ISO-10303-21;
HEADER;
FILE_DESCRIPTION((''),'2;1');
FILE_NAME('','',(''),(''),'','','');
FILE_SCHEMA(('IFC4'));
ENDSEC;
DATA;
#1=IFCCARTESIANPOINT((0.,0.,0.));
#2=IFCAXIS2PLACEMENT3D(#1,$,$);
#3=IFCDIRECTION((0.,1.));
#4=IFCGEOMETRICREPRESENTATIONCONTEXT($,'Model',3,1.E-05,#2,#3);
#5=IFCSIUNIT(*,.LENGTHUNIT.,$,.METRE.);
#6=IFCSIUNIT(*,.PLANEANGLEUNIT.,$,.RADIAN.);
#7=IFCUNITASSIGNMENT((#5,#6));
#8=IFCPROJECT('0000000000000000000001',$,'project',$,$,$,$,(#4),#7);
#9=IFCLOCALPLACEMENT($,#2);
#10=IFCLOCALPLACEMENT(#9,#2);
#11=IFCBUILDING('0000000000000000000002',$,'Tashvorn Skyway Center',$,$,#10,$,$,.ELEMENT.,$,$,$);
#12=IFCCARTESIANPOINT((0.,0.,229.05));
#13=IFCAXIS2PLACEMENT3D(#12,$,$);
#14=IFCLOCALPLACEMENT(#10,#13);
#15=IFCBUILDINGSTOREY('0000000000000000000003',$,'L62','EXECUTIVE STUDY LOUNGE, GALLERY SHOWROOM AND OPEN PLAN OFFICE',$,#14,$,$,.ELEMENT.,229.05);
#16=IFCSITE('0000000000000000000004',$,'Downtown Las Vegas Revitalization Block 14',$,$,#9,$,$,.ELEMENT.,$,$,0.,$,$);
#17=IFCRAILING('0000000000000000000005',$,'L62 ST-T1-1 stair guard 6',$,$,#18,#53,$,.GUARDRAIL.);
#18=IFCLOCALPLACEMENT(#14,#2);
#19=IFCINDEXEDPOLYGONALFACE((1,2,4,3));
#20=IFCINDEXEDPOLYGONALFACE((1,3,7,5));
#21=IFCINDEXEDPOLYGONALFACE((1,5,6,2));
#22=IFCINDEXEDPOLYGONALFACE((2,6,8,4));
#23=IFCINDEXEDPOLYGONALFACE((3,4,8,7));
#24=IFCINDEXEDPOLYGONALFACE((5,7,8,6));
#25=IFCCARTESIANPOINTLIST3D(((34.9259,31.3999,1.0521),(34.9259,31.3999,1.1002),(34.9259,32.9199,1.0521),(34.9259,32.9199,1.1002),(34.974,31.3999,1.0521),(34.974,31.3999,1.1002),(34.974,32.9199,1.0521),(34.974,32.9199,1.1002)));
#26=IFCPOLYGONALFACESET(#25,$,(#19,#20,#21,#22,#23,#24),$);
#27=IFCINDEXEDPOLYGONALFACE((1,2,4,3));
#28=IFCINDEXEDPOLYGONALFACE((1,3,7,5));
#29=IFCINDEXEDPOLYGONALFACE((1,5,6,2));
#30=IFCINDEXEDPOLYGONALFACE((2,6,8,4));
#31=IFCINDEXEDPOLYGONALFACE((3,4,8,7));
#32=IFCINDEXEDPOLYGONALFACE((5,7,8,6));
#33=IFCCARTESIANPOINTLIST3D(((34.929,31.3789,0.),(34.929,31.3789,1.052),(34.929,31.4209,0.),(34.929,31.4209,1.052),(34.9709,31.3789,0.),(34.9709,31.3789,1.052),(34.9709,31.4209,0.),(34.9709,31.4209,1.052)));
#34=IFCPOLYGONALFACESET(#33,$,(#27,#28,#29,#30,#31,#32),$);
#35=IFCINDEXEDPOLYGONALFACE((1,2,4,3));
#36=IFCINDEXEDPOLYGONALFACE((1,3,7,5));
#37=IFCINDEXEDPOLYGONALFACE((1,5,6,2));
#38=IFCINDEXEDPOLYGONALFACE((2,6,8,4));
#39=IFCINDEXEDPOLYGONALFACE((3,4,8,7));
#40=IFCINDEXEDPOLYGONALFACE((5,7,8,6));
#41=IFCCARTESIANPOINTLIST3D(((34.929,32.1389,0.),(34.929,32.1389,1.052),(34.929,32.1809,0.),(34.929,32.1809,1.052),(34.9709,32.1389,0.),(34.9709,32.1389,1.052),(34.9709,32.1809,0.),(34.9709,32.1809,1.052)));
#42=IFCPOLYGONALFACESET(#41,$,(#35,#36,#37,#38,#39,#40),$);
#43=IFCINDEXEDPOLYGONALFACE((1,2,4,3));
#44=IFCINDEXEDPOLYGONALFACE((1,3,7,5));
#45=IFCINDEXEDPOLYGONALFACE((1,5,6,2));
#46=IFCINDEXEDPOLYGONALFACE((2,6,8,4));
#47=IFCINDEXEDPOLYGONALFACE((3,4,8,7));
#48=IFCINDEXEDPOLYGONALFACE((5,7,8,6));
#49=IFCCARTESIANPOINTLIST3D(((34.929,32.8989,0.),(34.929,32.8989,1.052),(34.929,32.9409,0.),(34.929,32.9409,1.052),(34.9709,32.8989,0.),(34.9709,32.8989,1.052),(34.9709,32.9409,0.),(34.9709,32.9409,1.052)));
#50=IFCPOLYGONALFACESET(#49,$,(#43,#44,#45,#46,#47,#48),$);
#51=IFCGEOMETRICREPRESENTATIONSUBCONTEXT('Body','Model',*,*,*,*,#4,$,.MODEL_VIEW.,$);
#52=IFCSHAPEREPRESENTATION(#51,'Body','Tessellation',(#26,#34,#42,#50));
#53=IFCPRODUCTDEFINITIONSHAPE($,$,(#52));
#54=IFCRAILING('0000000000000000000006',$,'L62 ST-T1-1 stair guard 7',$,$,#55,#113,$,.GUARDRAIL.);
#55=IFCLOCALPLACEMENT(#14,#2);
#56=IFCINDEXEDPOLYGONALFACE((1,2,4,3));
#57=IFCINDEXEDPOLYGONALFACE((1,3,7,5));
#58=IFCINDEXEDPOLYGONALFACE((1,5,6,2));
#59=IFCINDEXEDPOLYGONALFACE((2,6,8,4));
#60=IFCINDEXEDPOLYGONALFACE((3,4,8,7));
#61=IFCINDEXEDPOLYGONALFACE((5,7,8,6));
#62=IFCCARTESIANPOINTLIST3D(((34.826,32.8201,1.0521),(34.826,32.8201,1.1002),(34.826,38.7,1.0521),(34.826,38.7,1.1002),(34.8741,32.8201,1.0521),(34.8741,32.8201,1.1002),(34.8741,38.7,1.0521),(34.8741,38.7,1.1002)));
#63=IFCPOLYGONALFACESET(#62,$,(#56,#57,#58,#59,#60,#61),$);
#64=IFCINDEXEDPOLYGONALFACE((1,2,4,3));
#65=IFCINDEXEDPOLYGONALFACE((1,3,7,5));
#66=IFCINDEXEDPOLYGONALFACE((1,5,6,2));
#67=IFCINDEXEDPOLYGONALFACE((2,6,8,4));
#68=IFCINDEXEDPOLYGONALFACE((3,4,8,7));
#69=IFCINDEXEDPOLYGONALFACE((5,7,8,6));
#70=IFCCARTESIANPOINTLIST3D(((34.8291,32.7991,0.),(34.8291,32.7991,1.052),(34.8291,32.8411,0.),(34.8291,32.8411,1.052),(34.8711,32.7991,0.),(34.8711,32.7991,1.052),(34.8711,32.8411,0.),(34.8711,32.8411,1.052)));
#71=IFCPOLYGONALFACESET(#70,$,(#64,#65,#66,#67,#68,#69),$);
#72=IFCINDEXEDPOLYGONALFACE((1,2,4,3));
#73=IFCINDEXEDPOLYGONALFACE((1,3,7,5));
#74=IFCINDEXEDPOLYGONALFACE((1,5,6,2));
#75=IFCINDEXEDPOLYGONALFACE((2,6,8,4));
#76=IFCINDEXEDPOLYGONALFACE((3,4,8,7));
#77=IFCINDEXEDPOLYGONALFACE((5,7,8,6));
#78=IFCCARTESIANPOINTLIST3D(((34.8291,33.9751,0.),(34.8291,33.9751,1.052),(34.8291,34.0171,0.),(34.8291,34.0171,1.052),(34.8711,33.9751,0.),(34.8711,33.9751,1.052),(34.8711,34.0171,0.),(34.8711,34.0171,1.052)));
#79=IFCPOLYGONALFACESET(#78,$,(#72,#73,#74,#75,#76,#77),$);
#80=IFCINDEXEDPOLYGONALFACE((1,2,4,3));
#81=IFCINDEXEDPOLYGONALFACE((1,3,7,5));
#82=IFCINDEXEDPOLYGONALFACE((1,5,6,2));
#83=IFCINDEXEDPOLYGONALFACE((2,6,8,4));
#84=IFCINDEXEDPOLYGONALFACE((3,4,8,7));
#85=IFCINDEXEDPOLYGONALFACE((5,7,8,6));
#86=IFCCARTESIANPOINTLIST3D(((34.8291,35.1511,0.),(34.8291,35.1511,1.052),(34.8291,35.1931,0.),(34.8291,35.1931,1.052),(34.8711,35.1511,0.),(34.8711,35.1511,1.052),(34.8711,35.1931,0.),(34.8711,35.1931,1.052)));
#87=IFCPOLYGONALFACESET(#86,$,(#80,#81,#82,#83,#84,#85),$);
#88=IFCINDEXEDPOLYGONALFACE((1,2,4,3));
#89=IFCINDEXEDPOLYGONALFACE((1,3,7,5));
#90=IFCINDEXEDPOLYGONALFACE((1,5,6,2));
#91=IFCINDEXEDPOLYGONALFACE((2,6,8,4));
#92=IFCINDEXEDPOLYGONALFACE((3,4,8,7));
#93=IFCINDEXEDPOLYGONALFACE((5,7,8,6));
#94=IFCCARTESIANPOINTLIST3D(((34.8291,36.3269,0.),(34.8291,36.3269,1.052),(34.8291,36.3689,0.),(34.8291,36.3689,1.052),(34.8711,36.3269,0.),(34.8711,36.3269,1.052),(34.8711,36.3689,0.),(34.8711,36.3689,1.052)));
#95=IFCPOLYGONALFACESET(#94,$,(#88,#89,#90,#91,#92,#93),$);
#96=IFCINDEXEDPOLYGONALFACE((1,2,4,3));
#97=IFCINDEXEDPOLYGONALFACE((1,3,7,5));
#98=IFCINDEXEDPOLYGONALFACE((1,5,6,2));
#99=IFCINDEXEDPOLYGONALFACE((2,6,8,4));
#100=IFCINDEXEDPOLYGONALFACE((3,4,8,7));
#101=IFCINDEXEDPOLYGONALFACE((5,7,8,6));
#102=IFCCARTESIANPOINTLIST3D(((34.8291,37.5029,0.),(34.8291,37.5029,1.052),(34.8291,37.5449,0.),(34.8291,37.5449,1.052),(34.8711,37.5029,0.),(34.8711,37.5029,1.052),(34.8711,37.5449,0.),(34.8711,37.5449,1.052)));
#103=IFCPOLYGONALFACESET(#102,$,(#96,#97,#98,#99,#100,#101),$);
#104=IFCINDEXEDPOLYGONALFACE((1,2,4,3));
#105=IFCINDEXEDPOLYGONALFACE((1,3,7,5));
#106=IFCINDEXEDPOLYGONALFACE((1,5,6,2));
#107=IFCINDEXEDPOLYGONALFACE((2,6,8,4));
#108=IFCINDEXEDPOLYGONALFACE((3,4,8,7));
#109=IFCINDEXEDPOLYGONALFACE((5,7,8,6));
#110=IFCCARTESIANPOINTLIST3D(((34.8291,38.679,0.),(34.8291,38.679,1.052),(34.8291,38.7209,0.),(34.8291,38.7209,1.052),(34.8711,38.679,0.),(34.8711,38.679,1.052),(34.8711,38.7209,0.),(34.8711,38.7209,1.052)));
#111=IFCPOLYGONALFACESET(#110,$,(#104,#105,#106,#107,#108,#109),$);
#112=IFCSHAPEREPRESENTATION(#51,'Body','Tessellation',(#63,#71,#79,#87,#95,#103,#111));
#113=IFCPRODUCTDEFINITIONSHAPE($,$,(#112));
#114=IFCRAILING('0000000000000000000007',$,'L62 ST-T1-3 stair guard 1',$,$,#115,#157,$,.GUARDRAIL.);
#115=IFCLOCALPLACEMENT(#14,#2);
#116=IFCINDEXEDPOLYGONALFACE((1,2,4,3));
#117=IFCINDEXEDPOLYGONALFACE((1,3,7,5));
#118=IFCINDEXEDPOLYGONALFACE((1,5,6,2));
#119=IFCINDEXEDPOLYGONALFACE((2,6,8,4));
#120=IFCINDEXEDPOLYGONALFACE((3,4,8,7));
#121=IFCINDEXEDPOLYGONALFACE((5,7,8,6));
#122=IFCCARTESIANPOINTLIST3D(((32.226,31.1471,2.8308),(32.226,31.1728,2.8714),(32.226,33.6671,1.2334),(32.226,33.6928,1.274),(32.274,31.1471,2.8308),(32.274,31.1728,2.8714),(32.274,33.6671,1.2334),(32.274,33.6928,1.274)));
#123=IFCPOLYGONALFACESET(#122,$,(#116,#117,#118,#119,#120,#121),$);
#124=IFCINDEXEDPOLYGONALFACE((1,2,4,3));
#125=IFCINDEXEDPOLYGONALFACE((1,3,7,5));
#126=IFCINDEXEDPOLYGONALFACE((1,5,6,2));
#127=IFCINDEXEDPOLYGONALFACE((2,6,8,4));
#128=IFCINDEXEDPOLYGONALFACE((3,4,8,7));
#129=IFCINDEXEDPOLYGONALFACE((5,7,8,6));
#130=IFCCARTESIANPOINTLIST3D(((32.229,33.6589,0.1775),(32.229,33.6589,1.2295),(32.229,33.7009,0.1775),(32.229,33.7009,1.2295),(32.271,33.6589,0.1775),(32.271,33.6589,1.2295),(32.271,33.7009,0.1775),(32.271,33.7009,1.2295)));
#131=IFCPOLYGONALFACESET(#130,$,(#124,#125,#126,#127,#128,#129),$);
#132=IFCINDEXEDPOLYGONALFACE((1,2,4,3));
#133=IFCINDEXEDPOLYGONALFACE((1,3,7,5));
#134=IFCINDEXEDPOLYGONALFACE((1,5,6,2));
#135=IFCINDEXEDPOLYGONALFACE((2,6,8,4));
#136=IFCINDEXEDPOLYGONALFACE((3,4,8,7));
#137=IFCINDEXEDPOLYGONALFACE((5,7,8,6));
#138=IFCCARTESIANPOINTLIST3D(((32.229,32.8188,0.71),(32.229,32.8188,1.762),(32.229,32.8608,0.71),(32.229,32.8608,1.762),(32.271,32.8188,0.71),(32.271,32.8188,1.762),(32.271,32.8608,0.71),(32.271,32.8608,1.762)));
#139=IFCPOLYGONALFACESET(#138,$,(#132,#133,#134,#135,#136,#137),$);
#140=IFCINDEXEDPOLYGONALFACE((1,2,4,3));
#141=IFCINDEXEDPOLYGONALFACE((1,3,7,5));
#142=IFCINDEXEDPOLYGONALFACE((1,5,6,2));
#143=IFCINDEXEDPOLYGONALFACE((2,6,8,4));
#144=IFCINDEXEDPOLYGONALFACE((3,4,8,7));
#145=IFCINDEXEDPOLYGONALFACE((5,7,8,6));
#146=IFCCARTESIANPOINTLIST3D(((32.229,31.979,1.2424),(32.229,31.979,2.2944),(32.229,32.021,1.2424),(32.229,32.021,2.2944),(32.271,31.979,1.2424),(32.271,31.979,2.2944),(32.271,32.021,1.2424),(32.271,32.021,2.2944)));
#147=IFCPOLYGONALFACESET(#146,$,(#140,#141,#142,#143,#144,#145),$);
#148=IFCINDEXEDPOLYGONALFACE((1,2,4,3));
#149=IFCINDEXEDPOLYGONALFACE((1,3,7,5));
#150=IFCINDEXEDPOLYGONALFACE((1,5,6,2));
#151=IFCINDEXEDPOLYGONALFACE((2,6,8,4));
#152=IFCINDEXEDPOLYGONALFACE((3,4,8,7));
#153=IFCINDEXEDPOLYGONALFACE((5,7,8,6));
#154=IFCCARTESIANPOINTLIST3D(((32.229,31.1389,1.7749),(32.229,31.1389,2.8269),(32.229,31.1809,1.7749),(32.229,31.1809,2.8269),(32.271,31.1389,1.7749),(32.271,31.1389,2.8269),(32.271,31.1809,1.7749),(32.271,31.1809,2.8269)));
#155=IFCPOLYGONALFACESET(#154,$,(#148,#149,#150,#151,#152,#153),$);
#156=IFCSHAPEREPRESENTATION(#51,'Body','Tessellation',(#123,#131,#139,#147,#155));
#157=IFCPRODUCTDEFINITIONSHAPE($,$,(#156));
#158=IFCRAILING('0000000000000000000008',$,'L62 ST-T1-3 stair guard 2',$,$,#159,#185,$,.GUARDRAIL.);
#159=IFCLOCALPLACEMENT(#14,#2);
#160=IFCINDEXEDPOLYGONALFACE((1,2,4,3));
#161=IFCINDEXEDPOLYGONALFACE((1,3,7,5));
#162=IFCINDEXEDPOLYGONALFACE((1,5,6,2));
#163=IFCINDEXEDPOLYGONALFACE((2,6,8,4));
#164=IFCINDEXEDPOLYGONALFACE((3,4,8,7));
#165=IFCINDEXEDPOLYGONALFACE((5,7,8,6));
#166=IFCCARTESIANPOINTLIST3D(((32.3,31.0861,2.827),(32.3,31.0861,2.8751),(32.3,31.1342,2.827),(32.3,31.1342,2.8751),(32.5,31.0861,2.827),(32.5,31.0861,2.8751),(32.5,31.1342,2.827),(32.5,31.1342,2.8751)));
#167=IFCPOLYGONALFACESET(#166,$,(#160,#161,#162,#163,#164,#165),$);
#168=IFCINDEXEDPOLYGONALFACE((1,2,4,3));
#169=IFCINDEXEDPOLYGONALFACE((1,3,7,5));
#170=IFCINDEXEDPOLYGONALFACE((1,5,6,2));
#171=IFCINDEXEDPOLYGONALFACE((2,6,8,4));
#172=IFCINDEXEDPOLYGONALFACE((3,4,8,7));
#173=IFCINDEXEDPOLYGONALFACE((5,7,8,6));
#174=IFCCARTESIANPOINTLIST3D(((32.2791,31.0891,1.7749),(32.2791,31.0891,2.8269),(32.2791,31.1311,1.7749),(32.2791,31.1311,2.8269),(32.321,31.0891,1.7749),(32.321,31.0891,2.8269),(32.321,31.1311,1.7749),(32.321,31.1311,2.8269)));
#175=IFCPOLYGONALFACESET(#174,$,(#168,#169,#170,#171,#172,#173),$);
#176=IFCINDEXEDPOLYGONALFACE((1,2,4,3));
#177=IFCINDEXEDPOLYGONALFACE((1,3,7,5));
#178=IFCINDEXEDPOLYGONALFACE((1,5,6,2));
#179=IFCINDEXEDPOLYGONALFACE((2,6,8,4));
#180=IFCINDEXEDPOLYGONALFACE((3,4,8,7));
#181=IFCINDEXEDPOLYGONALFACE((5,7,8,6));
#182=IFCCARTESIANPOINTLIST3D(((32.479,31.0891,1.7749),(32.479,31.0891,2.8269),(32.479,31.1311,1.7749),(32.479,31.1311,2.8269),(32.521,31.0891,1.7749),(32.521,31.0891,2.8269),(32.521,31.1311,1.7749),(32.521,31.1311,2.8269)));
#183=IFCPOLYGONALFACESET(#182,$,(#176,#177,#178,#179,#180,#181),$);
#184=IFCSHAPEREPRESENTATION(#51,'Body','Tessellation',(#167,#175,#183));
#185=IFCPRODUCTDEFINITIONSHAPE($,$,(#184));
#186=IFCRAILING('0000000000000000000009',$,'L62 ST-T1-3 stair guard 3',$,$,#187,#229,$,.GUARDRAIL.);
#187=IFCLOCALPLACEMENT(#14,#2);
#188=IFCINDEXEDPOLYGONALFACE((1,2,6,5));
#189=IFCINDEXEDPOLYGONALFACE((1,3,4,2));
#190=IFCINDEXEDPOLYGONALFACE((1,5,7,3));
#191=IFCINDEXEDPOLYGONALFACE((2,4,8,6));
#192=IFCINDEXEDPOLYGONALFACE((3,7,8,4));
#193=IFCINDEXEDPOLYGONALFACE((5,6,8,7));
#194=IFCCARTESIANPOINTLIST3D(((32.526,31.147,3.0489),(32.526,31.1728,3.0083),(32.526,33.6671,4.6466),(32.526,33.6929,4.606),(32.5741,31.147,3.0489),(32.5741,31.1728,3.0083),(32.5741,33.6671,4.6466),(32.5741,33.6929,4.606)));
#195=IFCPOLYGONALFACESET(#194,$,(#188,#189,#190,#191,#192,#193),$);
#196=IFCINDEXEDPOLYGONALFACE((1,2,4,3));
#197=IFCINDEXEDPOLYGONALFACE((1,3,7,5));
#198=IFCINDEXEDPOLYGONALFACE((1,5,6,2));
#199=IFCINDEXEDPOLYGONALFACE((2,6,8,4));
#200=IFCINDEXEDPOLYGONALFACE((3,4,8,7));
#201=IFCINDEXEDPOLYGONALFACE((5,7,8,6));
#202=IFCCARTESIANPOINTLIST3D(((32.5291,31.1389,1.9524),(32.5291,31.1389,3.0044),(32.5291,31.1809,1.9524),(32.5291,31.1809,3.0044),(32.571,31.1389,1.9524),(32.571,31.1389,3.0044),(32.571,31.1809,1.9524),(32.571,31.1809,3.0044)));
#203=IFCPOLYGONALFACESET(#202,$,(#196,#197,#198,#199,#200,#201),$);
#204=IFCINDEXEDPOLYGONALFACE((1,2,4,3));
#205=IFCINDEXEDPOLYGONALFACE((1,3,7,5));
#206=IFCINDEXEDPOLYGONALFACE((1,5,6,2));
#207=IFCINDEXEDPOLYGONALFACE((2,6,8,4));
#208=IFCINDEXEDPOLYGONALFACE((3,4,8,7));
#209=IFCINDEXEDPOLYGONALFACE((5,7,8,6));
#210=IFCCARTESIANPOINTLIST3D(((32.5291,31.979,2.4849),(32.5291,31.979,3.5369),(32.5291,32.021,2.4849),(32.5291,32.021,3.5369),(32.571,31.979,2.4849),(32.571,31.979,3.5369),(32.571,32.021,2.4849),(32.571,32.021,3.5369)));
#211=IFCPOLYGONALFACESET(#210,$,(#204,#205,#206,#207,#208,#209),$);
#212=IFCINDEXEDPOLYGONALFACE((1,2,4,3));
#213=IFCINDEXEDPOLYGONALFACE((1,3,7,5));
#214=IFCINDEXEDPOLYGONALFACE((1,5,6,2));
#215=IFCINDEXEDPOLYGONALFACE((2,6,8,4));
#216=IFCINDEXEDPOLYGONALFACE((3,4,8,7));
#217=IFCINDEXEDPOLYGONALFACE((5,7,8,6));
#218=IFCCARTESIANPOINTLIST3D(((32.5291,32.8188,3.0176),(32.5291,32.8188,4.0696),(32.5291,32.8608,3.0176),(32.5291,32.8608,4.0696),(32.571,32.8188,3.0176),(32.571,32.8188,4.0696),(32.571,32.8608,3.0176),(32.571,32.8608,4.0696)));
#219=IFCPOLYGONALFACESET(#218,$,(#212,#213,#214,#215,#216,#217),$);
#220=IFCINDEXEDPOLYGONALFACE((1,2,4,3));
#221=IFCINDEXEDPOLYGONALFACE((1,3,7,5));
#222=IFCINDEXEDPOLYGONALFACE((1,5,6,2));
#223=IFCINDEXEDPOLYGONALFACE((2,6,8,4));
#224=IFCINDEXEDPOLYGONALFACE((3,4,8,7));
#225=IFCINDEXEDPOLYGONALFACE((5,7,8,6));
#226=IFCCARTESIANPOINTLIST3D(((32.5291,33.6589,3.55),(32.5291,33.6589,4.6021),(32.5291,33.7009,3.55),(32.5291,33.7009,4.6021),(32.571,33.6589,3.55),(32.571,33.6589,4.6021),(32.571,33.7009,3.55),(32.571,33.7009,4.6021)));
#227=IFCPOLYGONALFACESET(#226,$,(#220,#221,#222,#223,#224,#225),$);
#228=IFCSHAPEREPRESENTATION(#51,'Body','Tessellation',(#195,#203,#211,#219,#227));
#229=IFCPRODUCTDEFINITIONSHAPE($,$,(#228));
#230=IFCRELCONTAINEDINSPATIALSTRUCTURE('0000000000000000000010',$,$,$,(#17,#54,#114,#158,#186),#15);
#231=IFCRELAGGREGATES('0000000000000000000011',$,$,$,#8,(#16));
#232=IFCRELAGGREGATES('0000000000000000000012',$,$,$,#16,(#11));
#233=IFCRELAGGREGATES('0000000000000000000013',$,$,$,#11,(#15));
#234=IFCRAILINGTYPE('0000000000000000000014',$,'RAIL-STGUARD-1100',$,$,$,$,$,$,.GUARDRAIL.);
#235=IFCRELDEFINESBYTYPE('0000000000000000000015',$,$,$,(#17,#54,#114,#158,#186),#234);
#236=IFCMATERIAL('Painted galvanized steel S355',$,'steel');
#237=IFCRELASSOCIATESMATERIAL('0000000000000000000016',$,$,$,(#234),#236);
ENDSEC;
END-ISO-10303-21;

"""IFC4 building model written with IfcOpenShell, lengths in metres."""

from ifc_helpers import new_model, si_unit, direction, frame, origin, origin_2d, place, context, subcontext, project, spatial, rectangle, extrude, material, type_object, element, save


model = new_model("IFC4")

# Units and contexts
model_context = context("Model", 3, precision=1e-05, world=origin(), true_north=direction((0.0, 1.0)))
body_context = subcontext(model_context, "Body", "Model", "MODEL_VIEW")
ifc_project = project(units=[si_unit("LENGTHUNIT", "METRE"), si_unit("PLANEANGLEUNIT", "RADIAN")], contexts=[model_context])

# Site, building, storey
site_placement = place(None, origin())
site = spatial("IfcSite", under=ifc_project, at=site_placement, Name="Downtown Las Vegas Revitalization Block 14", CompositionType="ELEMENT", RefElevation=0.0)
building_placement = place(site_placement, origin())
building = spatial("IfcBuilding", under=site, at=building_placement, Name="Tashvorn Skyway Center", CompositionType="ELEMENT")
storey_placement = place(building_placement, frame((0.0, 0.0, 229.05)))
storey = spatial("IfcBuildingStorey", under=building, at=storey_placement, Name="L62", Description="EXECUTIVE STUDY LOUNGE, GALLERY SHOWROOM AND OPEN PLAN OFFICE", CompositionType="ELEMENT", Elevation=229.05)

# Railings
ifc_material_1 = material(Name="Painted galvanized steel S355", Category="steel")
railing_type_1 = type_object("IfcRailingType", Name="RAIL-STGUARD-1100", PredefinedType="GUARDRAIL", material=ifc_material_1)
railing_1_placement = place(storey_placement, frame((34.95, 31.3999, 0.0)))
element("IfcRailing", 1, at=railing_1_placement, inside=storey, type_object=railing_type_1, Name="L62 ST-T1-1 stair guard 6", PredefinedType="GUARDRAIL", context=body_context, shape_type="SweptSolid", body=[
    extrude(rectangle(XDim=0.0481, YDim=0.0481, at=origin_2d()), frame((0.0, 0.0, 1.0762), z_axis=(0.0, 1.0, 0.0), x_axis=(-1.0, 0.0, 0.0)), (0.0, 0.0, 1.0), 1.52),
    extrude(rectangle(XDim=0.042, YDim=0.042, at=origin_2d()), origin(), (0.0, 0.0, 1.0), 1.052),
    extrude(rectangle(XDim=0.042, YDim=0.042, at=origin_2d()), frame((0.0, 0.76, 0.0)), (0.0, 0.0, 1.0), 1.052),
    extrude(rectangle(XDim=0.042, YDim=0.042, at=origin_2d()), frame((0.0, 1.52, 0.0)), (0.0, 0.0, 1.0), 1.052),
])
railing_2_placement = place(storey_placement, frame((34.8501, 32.8201, 0.0)))
element("IfcRailing", 2, at=railing_2_placement, inside=storey, type_object=railing_type_1, Name="L62 ST-T1-1 stair guard 7", PredefinedType="GUARDRAIL", context=body_context, shape_type="SweptSolid", body=[
    extrude(rectangle(XDim=0.0481, YDim=0.0481, at=origin_2d()), frame((0.0, 0.0, 1.0762), z_axis=(0.0, 1.0, 0.0), x_axis=(-1.0, 0.0, 0.0)), (0.0, 0.0, 1.0), 5.8799),
    extrude(rectangle(XDim=0.042, YDim=0.042, at=origin_2d()), origin(), (0.0, 0.0, 1.0), 1.052),
    extrude(rectangle(XDim=0.042, YDim=0.042, at=origin_2d()), frame((0.0, 1.176, 0.0)), (0.0, 0.0, 1.0), 1.052),
    extrude(rectangle(XDim=0.042, YDim=0.042, at=origin_2d()), frame((0.0, 2.3521, 0.0)), (0.0, 0.0, 1.0), 1.052),
    extrude(rectangle(XDim=0.042, YDim=0.042, at=origin_2d()), frame((0.0, 3.5278, 0.0)), (0.0, 0.0, 1.0), 1.052),
    extrude(rectangle(XDim=0.042, YDim=0.042, at=origin_2d()), frame((0.0, 4.7039, 0.0)), (0.0, 0.0, 1.0), 1.052),
    extrude(rectangle(XDim=0.042, YDim=0.042, at=origin_2d()), frame((0.0, 5.8799, 0.0)), (0.0, 0.0, 1.0), 1.052),
])
railing_3_placement = place(storey_placement, frame((32.25, 33.6799, 0.1775)))
element("IfcRailing", 3, at=railing_3_placement, inside=storey, type_object=railing_type_1, Name="L62 ST-T1-3 stair guard 1", PredefinedType="GUARDRAIL", context=body_context, shape_type="SweptSolid", body=[
    extrude(rectangle(XDim=0.0481, YDim=0.0481, at=origin_2d()), frame((0.0, 0.0, 1.0762), z_axis=(0.0, -0.844607, 0.535387), x_axis=(1.0, 0.0, 0.0)), (0.0, 0.0, 1.0), 2.9836),
    extrude(rectangle(XDim=0.042, YDim=0.042, at=origin_2d()), origin(), (0.0, 0.0, 1.0), 1.052),
    extrude(rectangle(XDim=0.042, YDim=0.042, at=origin_2d()), frame((0.0, -0.8401, 0.5325)), (0.0, 0.0, 1.0), 1.052),
    extrude(rectangle(XDim=0.042, YDim=0.042, at=origin_2d()), frame((0.0, -1.6799, 1.0649)), (0.0, 0.0, 1.0), 1.052),
    extrude(rectangle(XDim=0.042, YDim=0.042, at=origin_2d()), frame((0.0, -2.52, 1.5974)), (0.0, 0.0, 1.0), 1.052),
])
railing_4_placement = place(storey_placement, frame((32.3, 31.1101, 1.7749)))
element("IfcRailing", 4, at=railing_4_placement, inside=storey, type_object=railing_type_1, Name="L62 ST-T1-3 stair guard 2", PredefinedType="GUARDRAIL", context=body_context, shape_type="SweptSolid", body=[
    extrude(rectangle(XDim=0.0481, YDim=0.0481, at=origin_2d()), frame((0.0, 0.0, 1.0762), z_axis=(1.0, 0.0, 0.0), x_axis=(0.0, 1.0, 0.0)), (0.0, 0.0, 1.0), 0.2),
    extrude(rectangle(XDim=0.042, YDim=0.042, at=origin_2d()), origin(), (0.0, 0.0, 1.0), 1.052),
    extrude(rectangle(XDim=0.042, YDim=0.042, at=origin_2d()), frame((0.2, 0.0, 0.0)), (0.0, 0.0, 1.0), 1.052),
])
railing_5_placement = place(storey_placement, frame((32.55, 31.1599, 1.9524)))
element("IfcRailing", 5, at=railing_5_placement, inside=storey, type_object=railing_type_1, Name="L62 ST-T1-3 stair guard 3", PredefinedType="GUARDRAIL", context=body_context, shape_type="SweptSolid", body=[
    extrude(rectangle(XDim=0.0481, YDim=0.0481, at=origin_2d()), frame((0.0, 0.0, 1.0762), z_axis=(0.0, 0.84457, 0.535445), x_axis=(-1.0, 0.0, 0.0)), (0.0, 0.0, 1.0), 2.9839),
    extrude(rectangle(XDim=0.042, YDim=0.042, at=origin_2d()), origin(), (0.0, 0.0, 1.0), 1.052),
    extrude(rectangle(XDim=0.042, YDim=0.042, at=origin_2d()), frame((0.0, 0.8401, 0.5325)), (0.0, 0.0, 1.0), 1.052),
    extrude(rectangle(XDim=0.042, YDim=0.042, at=origin_2d()), frame((0.0, 1.6799, 1.0652)), (0.0, 0.0, 1.0), 1.052),
    extrude(rectangle(XDim=0.042, YDim=0.042, at=origin_2d()), frame((0.0, 2.52, 1.5977)), (0.0, 0.0, 1.0), 1.052),
])

save(model, "model.ifc")
